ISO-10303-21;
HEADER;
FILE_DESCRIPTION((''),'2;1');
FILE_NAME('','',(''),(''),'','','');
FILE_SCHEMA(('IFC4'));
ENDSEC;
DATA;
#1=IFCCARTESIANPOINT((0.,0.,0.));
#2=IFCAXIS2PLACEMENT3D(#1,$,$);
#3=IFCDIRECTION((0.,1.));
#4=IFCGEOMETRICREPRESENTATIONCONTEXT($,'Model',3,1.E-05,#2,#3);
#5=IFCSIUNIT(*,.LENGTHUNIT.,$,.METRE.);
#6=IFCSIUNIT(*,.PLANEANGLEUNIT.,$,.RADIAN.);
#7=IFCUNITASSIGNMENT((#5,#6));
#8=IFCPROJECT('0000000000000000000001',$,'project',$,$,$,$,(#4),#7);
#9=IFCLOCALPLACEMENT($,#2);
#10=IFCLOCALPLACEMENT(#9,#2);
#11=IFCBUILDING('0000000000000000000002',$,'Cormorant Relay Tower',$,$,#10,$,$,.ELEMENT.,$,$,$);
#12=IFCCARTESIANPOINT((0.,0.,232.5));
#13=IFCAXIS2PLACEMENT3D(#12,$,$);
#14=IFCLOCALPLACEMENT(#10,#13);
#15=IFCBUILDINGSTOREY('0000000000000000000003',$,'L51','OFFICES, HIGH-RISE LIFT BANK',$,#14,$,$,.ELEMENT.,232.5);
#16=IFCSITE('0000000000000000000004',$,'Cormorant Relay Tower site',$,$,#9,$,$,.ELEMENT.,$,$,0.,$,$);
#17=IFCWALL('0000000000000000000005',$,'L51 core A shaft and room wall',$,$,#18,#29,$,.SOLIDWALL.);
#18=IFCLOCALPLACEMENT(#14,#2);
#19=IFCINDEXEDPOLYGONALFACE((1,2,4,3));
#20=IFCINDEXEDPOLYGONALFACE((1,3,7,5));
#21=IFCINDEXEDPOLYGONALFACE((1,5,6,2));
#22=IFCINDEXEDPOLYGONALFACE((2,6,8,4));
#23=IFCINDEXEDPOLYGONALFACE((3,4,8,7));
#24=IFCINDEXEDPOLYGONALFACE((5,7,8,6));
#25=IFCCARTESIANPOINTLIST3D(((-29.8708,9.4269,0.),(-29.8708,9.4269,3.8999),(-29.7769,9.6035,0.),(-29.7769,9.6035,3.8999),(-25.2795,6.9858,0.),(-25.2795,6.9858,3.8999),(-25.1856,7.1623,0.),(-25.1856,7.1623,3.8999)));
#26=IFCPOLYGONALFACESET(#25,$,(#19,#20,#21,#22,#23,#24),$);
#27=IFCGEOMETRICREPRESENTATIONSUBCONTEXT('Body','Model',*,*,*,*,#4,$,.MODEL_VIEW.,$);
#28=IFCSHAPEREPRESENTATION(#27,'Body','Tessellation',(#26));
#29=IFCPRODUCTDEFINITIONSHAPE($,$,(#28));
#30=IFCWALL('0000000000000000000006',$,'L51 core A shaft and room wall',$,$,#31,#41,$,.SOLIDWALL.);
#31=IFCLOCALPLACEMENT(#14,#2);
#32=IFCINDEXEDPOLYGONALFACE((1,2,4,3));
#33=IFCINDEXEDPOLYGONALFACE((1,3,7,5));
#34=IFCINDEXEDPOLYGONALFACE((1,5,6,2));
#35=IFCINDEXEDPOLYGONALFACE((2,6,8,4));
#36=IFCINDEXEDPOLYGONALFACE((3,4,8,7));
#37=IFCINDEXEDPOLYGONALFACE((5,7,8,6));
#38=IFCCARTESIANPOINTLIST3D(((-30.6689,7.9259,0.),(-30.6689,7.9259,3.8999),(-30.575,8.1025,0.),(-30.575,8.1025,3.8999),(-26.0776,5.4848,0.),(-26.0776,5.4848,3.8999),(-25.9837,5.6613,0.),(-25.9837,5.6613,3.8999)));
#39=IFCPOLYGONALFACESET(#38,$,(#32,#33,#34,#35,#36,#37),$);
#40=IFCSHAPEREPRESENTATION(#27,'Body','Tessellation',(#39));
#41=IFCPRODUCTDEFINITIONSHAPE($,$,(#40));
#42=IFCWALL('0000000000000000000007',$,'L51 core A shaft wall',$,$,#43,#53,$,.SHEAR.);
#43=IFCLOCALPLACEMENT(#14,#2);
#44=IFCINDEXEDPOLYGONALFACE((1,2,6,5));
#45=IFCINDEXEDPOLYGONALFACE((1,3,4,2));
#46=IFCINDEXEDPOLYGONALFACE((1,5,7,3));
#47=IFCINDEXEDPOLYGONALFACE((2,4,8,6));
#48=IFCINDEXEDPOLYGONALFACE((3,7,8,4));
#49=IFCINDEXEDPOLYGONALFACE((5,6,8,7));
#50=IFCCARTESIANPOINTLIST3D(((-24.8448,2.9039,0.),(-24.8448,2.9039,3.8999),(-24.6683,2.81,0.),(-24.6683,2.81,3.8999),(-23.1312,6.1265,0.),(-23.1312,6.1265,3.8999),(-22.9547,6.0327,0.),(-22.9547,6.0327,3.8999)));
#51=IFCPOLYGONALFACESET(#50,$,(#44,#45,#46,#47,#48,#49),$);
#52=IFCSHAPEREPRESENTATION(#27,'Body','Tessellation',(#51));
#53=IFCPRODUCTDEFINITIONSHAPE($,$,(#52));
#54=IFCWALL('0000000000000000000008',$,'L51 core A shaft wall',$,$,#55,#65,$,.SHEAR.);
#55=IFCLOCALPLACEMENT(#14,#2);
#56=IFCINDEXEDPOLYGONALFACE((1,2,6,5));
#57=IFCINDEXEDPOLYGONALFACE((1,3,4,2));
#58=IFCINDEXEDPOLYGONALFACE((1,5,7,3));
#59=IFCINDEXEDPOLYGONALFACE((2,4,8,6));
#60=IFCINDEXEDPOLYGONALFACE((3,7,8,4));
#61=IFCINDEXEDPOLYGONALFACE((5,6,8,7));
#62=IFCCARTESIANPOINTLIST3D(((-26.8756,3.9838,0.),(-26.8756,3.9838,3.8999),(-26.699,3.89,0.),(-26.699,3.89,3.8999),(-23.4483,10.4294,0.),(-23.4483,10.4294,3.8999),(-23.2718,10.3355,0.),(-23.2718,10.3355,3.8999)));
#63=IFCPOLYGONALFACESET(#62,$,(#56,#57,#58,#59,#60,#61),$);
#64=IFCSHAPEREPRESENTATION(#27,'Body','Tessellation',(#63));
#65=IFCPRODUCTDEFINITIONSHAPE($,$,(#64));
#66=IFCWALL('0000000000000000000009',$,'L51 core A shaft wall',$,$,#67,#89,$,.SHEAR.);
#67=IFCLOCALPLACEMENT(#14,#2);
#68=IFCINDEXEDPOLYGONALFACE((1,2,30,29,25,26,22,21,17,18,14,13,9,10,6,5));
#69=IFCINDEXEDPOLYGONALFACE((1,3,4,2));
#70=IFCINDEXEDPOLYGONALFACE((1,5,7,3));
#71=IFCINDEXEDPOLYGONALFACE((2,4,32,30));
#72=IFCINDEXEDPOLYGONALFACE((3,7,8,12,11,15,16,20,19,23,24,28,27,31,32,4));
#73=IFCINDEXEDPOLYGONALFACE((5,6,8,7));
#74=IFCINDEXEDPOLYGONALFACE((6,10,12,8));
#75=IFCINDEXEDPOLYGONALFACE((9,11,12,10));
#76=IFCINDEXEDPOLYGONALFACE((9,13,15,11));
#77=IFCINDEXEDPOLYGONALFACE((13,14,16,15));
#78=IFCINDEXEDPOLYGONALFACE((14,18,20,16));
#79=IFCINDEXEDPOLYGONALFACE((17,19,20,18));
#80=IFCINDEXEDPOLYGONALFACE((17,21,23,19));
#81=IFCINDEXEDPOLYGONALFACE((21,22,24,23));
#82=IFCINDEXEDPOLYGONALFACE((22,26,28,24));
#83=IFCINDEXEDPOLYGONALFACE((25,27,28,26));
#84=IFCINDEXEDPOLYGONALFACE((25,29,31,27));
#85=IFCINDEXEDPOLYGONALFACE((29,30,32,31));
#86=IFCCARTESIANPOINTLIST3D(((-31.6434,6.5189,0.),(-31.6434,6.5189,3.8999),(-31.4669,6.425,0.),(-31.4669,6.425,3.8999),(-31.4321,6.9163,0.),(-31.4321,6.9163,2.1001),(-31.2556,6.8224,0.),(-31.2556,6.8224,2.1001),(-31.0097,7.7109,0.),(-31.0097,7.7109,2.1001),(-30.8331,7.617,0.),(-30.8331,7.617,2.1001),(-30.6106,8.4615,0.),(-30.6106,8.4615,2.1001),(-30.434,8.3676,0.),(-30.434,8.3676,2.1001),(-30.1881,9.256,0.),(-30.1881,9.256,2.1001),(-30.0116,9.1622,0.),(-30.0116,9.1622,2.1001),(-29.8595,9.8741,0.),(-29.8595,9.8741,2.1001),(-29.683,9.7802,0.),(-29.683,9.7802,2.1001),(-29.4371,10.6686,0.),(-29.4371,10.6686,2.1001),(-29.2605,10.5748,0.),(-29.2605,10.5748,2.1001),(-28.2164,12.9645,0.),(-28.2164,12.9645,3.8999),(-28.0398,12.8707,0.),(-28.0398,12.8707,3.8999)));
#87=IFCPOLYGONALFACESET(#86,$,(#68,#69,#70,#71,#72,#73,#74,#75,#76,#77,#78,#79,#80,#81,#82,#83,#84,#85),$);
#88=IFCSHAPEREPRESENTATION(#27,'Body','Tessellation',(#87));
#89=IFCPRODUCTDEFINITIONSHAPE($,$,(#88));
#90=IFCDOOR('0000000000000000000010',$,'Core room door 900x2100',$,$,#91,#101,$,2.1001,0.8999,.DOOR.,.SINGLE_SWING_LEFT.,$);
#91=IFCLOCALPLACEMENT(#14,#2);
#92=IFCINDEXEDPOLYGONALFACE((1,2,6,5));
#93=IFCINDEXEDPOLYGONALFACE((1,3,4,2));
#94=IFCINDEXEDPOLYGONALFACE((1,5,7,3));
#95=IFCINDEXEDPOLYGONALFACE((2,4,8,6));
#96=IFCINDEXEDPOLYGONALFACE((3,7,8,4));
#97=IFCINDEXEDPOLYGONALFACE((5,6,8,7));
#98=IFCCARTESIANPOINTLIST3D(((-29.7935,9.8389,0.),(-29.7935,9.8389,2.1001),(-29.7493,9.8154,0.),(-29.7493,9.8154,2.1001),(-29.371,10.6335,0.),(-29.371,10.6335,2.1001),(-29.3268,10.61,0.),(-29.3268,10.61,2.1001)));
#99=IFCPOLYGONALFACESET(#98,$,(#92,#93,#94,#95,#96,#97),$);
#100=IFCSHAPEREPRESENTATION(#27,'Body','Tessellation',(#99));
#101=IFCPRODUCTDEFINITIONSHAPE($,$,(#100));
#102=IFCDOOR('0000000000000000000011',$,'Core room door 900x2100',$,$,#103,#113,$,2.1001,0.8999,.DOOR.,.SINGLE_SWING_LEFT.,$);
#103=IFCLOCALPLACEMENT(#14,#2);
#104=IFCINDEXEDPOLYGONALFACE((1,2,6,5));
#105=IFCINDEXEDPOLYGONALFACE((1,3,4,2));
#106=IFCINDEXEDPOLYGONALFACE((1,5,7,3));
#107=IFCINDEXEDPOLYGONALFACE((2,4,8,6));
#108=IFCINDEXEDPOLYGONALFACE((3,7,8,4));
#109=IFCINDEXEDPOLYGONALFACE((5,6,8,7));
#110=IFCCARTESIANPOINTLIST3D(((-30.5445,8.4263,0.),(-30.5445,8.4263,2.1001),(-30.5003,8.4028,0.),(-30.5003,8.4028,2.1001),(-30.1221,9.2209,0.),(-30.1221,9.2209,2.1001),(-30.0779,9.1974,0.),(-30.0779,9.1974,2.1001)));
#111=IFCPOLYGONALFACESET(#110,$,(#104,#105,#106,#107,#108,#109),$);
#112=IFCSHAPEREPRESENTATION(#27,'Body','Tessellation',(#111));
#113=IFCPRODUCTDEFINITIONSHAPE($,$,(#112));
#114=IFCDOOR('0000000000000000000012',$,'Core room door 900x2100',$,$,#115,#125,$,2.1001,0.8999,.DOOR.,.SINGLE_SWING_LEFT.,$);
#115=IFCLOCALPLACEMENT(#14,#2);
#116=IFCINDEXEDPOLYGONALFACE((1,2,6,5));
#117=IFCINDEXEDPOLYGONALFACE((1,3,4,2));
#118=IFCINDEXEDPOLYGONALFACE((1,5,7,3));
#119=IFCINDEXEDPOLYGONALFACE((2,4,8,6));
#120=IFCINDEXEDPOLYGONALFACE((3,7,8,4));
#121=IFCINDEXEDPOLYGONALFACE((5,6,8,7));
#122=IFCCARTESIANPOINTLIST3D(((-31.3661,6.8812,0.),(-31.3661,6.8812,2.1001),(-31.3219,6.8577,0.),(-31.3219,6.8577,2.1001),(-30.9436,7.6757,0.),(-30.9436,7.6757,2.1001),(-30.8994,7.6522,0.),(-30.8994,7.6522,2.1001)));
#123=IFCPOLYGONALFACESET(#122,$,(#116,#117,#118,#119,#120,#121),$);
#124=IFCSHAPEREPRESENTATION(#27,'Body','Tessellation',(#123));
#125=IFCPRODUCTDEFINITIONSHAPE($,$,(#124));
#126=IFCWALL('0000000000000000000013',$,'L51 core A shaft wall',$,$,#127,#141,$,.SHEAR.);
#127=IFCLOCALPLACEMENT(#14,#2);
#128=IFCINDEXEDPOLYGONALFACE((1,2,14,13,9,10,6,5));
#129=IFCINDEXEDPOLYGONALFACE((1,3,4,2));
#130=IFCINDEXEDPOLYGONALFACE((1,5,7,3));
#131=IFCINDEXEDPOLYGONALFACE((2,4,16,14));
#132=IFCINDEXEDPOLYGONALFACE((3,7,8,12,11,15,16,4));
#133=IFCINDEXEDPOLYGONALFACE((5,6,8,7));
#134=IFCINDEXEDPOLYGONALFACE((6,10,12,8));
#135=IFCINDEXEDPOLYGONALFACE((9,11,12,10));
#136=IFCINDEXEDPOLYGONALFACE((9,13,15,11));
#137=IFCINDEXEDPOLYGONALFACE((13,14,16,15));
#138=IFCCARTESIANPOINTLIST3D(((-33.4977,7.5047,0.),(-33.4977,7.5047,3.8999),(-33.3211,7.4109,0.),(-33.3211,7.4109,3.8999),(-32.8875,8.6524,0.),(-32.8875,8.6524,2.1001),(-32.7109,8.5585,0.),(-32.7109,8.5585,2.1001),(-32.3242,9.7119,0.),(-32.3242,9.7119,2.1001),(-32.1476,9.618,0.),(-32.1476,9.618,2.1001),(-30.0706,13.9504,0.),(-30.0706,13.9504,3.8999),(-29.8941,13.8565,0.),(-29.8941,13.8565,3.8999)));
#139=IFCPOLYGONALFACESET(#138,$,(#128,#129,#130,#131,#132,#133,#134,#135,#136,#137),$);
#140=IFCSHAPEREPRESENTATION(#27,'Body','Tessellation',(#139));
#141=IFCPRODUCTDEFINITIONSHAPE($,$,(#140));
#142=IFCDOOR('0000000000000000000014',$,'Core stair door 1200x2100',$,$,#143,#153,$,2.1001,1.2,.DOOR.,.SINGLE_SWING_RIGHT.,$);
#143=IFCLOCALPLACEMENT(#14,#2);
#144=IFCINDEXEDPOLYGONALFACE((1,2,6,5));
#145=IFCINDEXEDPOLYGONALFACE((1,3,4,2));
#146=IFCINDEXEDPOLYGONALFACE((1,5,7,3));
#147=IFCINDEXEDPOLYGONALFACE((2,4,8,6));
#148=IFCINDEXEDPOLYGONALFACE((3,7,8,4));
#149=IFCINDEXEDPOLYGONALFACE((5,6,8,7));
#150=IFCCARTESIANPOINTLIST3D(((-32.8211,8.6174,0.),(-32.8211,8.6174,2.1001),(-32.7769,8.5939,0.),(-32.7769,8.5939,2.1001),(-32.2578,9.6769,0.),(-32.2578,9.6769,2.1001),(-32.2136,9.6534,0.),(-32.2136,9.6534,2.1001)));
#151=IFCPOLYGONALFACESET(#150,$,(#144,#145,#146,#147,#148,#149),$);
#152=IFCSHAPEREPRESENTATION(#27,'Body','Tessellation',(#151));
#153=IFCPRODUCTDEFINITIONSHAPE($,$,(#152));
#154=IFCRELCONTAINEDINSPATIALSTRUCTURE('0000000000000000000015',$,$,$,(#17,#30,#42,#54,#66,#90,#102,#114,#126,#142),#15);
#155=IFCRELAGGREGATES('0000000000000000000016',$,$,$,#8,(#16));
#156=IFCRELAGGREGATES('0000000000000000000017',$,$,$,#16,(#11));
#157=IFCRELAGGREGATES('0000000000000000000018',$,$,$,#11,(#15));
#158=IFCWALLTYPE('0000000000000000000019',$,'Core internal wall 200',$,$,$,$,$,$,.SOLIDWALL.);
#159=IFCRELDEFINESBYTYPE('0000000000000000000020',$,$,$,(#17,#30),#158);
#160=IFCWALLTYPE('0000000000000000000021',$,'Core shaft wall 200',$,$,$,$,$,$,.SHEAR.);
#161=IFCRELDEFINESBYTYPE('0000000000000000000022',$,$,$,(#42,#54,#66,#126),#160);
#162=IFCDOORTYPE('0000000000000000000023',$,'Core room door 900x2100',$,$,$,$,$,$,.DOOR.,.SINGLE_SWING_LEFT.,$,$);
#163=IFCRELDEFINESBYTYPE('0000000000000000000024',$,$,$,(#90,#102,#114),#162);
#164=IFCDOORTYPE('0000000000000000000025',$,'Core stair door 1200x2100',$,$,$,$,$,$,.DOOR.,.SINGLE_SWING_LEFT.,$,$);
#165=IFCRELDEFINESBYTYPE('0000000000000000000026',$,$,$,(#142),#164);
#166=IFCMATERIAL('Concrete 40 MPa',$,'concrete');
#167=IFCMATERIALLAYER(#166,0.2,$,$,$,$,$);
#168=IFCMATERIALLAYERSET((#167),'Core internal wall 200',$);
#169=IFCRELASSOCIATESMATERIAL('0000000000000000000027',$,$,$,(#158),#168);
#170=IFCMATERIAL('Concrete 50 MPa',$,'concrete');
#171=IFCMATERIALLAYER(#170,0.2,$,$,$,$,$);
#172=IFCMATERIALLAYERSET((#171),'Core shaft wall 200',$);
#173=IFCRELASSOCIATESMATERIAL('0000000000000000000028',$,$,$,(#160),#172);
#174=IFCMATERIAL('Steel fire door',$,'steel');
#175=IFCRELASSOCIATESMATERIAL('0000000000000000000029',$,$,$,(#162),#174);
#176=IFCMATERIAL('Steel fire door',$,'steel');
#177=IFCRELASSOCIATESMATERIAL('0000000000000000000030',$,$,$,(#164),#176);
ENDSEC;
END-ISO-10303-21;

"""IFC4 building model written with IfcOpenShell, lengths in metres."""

from ifc_helpers import new_model, si_unit, direction, frame, frame_2d, origin, place, context, subcontext, project, spatial, rectangle, extrude, material, layer, layer_set, type_object, element, fill, save


model = new_model("IFC4")

# Units and contexts
model_context = context("Model", 3, precision=1e-05, world=origin(), true_north=direction((0.0, 1.0)))
body_context = subcontext(model_context, "Body", "Model", "MODEL_VIEW")
ifc_project = project(units=[si_unit("LENGTHUNIT", "METRE"), si_unit("PLANEANGLEUNIT", "RADIAN")], contexts=[model_context])

# Site, building, storey
site_placement = place(None, origin())
site = spatial("IfcSite", under=ifc_project, at=site_placement, Name="Cormorant Relay Tower site", CompositionType="ELEMENT", RefElevation=0.0)
building_placement = place(site_placement, origin())
building = spatial("IfcBuilding", under=site, at=building_placement, Name="Cormorant Relay Tower", CompositionType="ELEMENT")
storey_placement = place(building_placement, frame((0.0, 0.0, 232.5)))
storey = spatial("IfcBuildingStorey", under=building, at=storey_placement, Name="L51", Description="OFFICES, HIGH-RISE LIFT BANK", CompositionType="ELEMENT", Elevation=232.5)

# Walls
ifc_material_1 = material(Name="Concrete 40 MPa", Category="concrete")
ifc_layer_1 = layer(ifc_material_1, 0.2)
ifc_layer_set_1 = layer_set([ifc_layer_1], Name="Core internal wall 200")
wall_type_1 = type_object("IfcWallType", Name="Core internal wall 200", PredefinedType="SOLIDWALL", material=ifc_layer_set_1)
for number, where, z_axis, x_axis, name in (
    (1, (-25.2324, 7.074, 0.0), (0.0, 0.0, 1.0), (-0.882954, 0.46946, 0.0), "L51 core A shaft and room wall"),
    (2, (-26.0305, 5.573, 0.0), (0.0, 0.0, 1.0), (-0.882954, 0.46946, 0.0), "L51 core A shaft and room wall"),
):
    element("IfcWall", number, at=place(storey_placement, frame(where, z_axis=z_axis, x_axis=x_axis)), inside=storey, type_object=wall_type_1, Name=name, PredefinedType="SOLIDWALL", context=body_context, shape_type="SweptSolid", body=[
        extrude(rectangle(XDim=5.2, YDim=0.2, at=frame_2d((2.6001, 0.0))), origin(), (0.0, 0.0, 1.0), 3.8999),
    ])
ifc_material_2 = material(Name="Concrete 50 MPa", Category="concrete")
ifc_layer_2 = layer(ifc_material_2, 0.2)
ifc_layer_set_2 = layer_set([ifc_layer_2], Name="Core shaft wall 200")
wall_type_2 = type_object("IfcWallType", Name="Core shaft wall 200", PredefinedType="SHEAR", material=ifc_layer_set_2)
wall_1_placement = place(storey_placement, frame((-23.043, 6.0796, 0.0), z_axis=(0.0, 0.0, 1.0), x_axis=(-0.469494, -0.882936, 0.0)))
element("IfcWall", 3, at=wall_1_placement, inside=storey, type_object=wall_type_2, Name="L51 core A shaft wall", PredefinedType="SHEAR", context=body_context, shape_type="SweptSolid", body=[
    extrude(rectangle(XDim=3.6499, YDim=0.2, at=frame_2d((1.825, 0.0))), origin(), (0.0, 0.0, 1.0), 3.8999),
])
wall_2_placement = place(storey_placement, frame((-23.3601, 10.3823, 0.0), z_axis=(0.0, 0.0, 1.0), x_axis=(-0.46948, -0.882943, 0.0)))
element("IfcWall", 4, at=wall_2_placement, inside=storey, type_object=wall_type_2, Name="L51 core A shaft wall", PredefinedType="SHEAR", context=body_context, shape_type="SweptSolid", body=[
    extrude(rectangle(XDim=7.3, YDim=0.2, at=frame_2d((3.6499, 0.0))), origin(), (0.0, 0.0, 1.0), 3.8999),
])

# Wall, openings, doors
wall_3_placement = place(storey_placement, frame((-28.1282, 12.9175, 0.0), z_axis=(0.0, 0.0, 1.0), x_axis=(-0.469454, -0.882957, 0.0)))
wall_3 = element("IfcWall", 5, at=wall_3_placement, inside=storey, type_object=wall_type_2, Name="L51 core A shaft wall", PredefinedType="SHEAR", context=body_context, shape_type="SweptSolid", body=[
    extrude(rectangle(XDim=7.3, YDim=0.2, at=frame_2d((3.6499, 0.0))), origin(), (0.0, 0.0, 1.0), 3.8999),
])
opening_1_placement = place(wall_3_placement, frame((2.6001, 0.0, 0.0)))
opening_1 = element("IfcOpeningElement", 6, at=opening_1_placement, cuts=wall_3, PredefinedType="OPENING", context=body_context, shape_type="SweptSolid", body=[
    extrude(rectangle(XDim=0.8999, YDim=2.1001, at=frame_2d((0.45, 1.05))), frame((0.0, 0.1099, 0.0), z_axis=(0.0, -1.0, 0.0), x_axis=(1.0, 0.0, 0.0)), (0.0, 0.0, 1.0), 0.22),
])
opening_2_placement = place(wall_3_placement, frame((4.2, 0.0, 0.0)))
opening_2 = element("IfcOpeningElement", 7, at=opening_2_placement, cuts=wall_3, PredefinedType="OPENING", context=body_context, shape_type="SweptSolid", body=[
    extrude(rectangle(XDim=0.8999, YDim=2.1001, at=frame_2d((0.45, 1.05))), frame((0.0, 0.1099, 0.0), z_axis=(0.0, -1.0, 0.0), x_axis=(1.0, 0.0, 0.0)), (0.0, 0.0, 1.0), 0.22),
])
opening_3_placement = place(wall_3_placement, frame((5.95, 0.0, 0.0)))
opening_3 = element("IfcOpeningElement", 8, at=opening_3_placement, cuts=wall_3, PredefinedType="OPENING", context=body_context, shape_type="SweptSolid", body=[
    extrude(rectangle(XDim=0.8999, YDim=2.1001, at=frame_2d((0.45, 1.05))), frame((0.0, 0.1099, 0.0), z_axis=(0.0, -1.0, 0.0), x_axis=(1.0, 0.0, 0.0)), (0.0, 0.0, 1.0), 0.22),
])
ifc_material_3 = material(Name="Steel fire door", Category="steel")
door_type_1 = type_object("IfcDoorType", Name="Core room door 900x2100", OperationType="SINGLE_SWING_LEFT", PredefinedType="DOOR", material=ifc_material_3)
door_1_placement = place(opening_1_placement, origin())
door_1 = element("IfcDoor", 9, at=door_1_placement, inside=storey, type_object=door_type_1, Name="Core room door 900x2100", OperationType="SINGLE_SWING_LEFT", OverallHeight=2.1001, OverallWidth=0.8999, PredefinedType="DOOR", context=body_context, shape_type="SweptSolid", body=[
    extrude(rectangle(XDim=0.8999, YDim=2.1001, at=frame_2d((0.45, 1.05))), frame((0.0, 0.0249, 0.0), z_axis=(0.0, -1.0, 0.0), x_axis=(1.0, 0.0, 0.0)), (0.0, 0.0, 1.0), 0.05),
])
fill(opening_1, door_1)
door_2_placement = place(opening_2_placement, origin())
door_2 = element("IfcDoor", 10, at=door_2_placement, inside=storey, type_object=door_type_1, Name="Core room door 900x2100", OperationType="SINGLE_SWING_LEFT", OverallHeight=2.1001, OverallWidth=0.8999, PredefinedType="DOOR", context=body_context, shape_type="SweptSolid", body=[
    extrude(rectangle(XDim=0.8999, YDim=2.1001, at=frame_2d((0.45, 1.05))), frame((0.0, 0.0249, 0.0), z_axis=(0.0, -1.0, 0.0), x_axis=(1.0, 0.0, 0.0)), (0.0, 0.0, 1.0), 0.05),
])
fill(opening_2, door_2)
door_3_placement = place(opening_3_placement, origin())
door_3 = element("IfcDoor", 11, at=door_3_placement, inside=storey, type_object=door_type_1, Name="Core room door 900x2100", OperationType="SINGLE_SWING_LEFT", OverallHeight=2.1001, OverallWidth=0.8999, PredefinedType="DOOR", context=body_context, shape_type="SweptSolid", body=[
    extrude(rectangle(XDim=0.8999, YDim=2.1001, at=frame_2d((0.45, 1.05))), frame((0.0, 0.0249, 0.0), z_axis=(0.0, -1.0, 0.0), x_axis=(1.0, 0.0, 0.0)), (0.0, 0.0, 1.0), 0.05),
])
fill(opening_3, door_3)

# Wall, opening, door
wall_4_placement = place(storey_placement, frame((-29.9824, 13.9033, 0.0), z_axis=(0.0, 0.0, 1.0), x_axis=(-0.469454, -0.882957, 0.0)))
wall_4 = element("IfcWall", 12, at=wall_4_placement, inside=storey, type_object=wall_type_2, Name="L51 core A shaft wall", PredefinedType="SHEAR", context=body_context, shape_type="SweptSolid", body=[
    extrude(rectangle(XDim=7.3, YDim=0.2, at=frame_2d((3.6499, 0.0))), origin(), (0.0, 0.0, 1.0), 3.8999),
])
opening_4_placement = place(wall_4_placement, frame((4.8, 0.0, 0.0)))
opening_4 = element("IfcOpeningElement", 13, at=opening_4_placement, cuts=wall_4, PredefinedType="OPENING", context=body_context, shape_type="SweptSolid", body=[
    extrude(rectangle(XDim=1.2, YDim=2.1001, at=frame_2d((0.6001, 1.05))), frame((0.0, 0.1099, 0.0), z_axis=(0.0, -1.0, 0.0), x_axis=(1.0, 0.0, 0.0)), (0.0, 0.0, 1.0), 0.22),
])
ifc_material_4 = material(Name="Steel fire door", Category="steel")
door_type_2 = type_object("IfcDoorType", Name="Core stair door 1200x2100", OperationType="SINGLE_SWING_LEFT", PredefinedType="DOOR", material=ifc_material_4)
door_4_placement = place(opening_4_placement, frame((1.2, 0.0, 0.0), z_axis=(0.0, 0.0, 1.0), x_axis=(-1.0, 0.0, 0.0)))
door_4 = element("IfcDoor", 14, at=door_4_placement, inside=storey, type_object=door_type_2, Name="Core stair door 1200x2100", OperationType="SINGLE_SWING_RIGHT", OverallHeight=2.1001, OverallWidth=1.2, PredefinedType="DOOR", context=body_context, shape_type="SweptSolid", body=[
    extrude(rectangle(XDim=1.2, YDim=2.1001, at=frame_2d((0.6001, 1.05))), frame((0.0, 0.0249, 0.0), z_axis=(0.0, -1.0, 0.0), x_axis=(1.0, 0.0, 0.0)), (0.0, 0.0, 1.0), 0.05),
])
fill(opening_4, door_4)

save(model, "model.ifc")
